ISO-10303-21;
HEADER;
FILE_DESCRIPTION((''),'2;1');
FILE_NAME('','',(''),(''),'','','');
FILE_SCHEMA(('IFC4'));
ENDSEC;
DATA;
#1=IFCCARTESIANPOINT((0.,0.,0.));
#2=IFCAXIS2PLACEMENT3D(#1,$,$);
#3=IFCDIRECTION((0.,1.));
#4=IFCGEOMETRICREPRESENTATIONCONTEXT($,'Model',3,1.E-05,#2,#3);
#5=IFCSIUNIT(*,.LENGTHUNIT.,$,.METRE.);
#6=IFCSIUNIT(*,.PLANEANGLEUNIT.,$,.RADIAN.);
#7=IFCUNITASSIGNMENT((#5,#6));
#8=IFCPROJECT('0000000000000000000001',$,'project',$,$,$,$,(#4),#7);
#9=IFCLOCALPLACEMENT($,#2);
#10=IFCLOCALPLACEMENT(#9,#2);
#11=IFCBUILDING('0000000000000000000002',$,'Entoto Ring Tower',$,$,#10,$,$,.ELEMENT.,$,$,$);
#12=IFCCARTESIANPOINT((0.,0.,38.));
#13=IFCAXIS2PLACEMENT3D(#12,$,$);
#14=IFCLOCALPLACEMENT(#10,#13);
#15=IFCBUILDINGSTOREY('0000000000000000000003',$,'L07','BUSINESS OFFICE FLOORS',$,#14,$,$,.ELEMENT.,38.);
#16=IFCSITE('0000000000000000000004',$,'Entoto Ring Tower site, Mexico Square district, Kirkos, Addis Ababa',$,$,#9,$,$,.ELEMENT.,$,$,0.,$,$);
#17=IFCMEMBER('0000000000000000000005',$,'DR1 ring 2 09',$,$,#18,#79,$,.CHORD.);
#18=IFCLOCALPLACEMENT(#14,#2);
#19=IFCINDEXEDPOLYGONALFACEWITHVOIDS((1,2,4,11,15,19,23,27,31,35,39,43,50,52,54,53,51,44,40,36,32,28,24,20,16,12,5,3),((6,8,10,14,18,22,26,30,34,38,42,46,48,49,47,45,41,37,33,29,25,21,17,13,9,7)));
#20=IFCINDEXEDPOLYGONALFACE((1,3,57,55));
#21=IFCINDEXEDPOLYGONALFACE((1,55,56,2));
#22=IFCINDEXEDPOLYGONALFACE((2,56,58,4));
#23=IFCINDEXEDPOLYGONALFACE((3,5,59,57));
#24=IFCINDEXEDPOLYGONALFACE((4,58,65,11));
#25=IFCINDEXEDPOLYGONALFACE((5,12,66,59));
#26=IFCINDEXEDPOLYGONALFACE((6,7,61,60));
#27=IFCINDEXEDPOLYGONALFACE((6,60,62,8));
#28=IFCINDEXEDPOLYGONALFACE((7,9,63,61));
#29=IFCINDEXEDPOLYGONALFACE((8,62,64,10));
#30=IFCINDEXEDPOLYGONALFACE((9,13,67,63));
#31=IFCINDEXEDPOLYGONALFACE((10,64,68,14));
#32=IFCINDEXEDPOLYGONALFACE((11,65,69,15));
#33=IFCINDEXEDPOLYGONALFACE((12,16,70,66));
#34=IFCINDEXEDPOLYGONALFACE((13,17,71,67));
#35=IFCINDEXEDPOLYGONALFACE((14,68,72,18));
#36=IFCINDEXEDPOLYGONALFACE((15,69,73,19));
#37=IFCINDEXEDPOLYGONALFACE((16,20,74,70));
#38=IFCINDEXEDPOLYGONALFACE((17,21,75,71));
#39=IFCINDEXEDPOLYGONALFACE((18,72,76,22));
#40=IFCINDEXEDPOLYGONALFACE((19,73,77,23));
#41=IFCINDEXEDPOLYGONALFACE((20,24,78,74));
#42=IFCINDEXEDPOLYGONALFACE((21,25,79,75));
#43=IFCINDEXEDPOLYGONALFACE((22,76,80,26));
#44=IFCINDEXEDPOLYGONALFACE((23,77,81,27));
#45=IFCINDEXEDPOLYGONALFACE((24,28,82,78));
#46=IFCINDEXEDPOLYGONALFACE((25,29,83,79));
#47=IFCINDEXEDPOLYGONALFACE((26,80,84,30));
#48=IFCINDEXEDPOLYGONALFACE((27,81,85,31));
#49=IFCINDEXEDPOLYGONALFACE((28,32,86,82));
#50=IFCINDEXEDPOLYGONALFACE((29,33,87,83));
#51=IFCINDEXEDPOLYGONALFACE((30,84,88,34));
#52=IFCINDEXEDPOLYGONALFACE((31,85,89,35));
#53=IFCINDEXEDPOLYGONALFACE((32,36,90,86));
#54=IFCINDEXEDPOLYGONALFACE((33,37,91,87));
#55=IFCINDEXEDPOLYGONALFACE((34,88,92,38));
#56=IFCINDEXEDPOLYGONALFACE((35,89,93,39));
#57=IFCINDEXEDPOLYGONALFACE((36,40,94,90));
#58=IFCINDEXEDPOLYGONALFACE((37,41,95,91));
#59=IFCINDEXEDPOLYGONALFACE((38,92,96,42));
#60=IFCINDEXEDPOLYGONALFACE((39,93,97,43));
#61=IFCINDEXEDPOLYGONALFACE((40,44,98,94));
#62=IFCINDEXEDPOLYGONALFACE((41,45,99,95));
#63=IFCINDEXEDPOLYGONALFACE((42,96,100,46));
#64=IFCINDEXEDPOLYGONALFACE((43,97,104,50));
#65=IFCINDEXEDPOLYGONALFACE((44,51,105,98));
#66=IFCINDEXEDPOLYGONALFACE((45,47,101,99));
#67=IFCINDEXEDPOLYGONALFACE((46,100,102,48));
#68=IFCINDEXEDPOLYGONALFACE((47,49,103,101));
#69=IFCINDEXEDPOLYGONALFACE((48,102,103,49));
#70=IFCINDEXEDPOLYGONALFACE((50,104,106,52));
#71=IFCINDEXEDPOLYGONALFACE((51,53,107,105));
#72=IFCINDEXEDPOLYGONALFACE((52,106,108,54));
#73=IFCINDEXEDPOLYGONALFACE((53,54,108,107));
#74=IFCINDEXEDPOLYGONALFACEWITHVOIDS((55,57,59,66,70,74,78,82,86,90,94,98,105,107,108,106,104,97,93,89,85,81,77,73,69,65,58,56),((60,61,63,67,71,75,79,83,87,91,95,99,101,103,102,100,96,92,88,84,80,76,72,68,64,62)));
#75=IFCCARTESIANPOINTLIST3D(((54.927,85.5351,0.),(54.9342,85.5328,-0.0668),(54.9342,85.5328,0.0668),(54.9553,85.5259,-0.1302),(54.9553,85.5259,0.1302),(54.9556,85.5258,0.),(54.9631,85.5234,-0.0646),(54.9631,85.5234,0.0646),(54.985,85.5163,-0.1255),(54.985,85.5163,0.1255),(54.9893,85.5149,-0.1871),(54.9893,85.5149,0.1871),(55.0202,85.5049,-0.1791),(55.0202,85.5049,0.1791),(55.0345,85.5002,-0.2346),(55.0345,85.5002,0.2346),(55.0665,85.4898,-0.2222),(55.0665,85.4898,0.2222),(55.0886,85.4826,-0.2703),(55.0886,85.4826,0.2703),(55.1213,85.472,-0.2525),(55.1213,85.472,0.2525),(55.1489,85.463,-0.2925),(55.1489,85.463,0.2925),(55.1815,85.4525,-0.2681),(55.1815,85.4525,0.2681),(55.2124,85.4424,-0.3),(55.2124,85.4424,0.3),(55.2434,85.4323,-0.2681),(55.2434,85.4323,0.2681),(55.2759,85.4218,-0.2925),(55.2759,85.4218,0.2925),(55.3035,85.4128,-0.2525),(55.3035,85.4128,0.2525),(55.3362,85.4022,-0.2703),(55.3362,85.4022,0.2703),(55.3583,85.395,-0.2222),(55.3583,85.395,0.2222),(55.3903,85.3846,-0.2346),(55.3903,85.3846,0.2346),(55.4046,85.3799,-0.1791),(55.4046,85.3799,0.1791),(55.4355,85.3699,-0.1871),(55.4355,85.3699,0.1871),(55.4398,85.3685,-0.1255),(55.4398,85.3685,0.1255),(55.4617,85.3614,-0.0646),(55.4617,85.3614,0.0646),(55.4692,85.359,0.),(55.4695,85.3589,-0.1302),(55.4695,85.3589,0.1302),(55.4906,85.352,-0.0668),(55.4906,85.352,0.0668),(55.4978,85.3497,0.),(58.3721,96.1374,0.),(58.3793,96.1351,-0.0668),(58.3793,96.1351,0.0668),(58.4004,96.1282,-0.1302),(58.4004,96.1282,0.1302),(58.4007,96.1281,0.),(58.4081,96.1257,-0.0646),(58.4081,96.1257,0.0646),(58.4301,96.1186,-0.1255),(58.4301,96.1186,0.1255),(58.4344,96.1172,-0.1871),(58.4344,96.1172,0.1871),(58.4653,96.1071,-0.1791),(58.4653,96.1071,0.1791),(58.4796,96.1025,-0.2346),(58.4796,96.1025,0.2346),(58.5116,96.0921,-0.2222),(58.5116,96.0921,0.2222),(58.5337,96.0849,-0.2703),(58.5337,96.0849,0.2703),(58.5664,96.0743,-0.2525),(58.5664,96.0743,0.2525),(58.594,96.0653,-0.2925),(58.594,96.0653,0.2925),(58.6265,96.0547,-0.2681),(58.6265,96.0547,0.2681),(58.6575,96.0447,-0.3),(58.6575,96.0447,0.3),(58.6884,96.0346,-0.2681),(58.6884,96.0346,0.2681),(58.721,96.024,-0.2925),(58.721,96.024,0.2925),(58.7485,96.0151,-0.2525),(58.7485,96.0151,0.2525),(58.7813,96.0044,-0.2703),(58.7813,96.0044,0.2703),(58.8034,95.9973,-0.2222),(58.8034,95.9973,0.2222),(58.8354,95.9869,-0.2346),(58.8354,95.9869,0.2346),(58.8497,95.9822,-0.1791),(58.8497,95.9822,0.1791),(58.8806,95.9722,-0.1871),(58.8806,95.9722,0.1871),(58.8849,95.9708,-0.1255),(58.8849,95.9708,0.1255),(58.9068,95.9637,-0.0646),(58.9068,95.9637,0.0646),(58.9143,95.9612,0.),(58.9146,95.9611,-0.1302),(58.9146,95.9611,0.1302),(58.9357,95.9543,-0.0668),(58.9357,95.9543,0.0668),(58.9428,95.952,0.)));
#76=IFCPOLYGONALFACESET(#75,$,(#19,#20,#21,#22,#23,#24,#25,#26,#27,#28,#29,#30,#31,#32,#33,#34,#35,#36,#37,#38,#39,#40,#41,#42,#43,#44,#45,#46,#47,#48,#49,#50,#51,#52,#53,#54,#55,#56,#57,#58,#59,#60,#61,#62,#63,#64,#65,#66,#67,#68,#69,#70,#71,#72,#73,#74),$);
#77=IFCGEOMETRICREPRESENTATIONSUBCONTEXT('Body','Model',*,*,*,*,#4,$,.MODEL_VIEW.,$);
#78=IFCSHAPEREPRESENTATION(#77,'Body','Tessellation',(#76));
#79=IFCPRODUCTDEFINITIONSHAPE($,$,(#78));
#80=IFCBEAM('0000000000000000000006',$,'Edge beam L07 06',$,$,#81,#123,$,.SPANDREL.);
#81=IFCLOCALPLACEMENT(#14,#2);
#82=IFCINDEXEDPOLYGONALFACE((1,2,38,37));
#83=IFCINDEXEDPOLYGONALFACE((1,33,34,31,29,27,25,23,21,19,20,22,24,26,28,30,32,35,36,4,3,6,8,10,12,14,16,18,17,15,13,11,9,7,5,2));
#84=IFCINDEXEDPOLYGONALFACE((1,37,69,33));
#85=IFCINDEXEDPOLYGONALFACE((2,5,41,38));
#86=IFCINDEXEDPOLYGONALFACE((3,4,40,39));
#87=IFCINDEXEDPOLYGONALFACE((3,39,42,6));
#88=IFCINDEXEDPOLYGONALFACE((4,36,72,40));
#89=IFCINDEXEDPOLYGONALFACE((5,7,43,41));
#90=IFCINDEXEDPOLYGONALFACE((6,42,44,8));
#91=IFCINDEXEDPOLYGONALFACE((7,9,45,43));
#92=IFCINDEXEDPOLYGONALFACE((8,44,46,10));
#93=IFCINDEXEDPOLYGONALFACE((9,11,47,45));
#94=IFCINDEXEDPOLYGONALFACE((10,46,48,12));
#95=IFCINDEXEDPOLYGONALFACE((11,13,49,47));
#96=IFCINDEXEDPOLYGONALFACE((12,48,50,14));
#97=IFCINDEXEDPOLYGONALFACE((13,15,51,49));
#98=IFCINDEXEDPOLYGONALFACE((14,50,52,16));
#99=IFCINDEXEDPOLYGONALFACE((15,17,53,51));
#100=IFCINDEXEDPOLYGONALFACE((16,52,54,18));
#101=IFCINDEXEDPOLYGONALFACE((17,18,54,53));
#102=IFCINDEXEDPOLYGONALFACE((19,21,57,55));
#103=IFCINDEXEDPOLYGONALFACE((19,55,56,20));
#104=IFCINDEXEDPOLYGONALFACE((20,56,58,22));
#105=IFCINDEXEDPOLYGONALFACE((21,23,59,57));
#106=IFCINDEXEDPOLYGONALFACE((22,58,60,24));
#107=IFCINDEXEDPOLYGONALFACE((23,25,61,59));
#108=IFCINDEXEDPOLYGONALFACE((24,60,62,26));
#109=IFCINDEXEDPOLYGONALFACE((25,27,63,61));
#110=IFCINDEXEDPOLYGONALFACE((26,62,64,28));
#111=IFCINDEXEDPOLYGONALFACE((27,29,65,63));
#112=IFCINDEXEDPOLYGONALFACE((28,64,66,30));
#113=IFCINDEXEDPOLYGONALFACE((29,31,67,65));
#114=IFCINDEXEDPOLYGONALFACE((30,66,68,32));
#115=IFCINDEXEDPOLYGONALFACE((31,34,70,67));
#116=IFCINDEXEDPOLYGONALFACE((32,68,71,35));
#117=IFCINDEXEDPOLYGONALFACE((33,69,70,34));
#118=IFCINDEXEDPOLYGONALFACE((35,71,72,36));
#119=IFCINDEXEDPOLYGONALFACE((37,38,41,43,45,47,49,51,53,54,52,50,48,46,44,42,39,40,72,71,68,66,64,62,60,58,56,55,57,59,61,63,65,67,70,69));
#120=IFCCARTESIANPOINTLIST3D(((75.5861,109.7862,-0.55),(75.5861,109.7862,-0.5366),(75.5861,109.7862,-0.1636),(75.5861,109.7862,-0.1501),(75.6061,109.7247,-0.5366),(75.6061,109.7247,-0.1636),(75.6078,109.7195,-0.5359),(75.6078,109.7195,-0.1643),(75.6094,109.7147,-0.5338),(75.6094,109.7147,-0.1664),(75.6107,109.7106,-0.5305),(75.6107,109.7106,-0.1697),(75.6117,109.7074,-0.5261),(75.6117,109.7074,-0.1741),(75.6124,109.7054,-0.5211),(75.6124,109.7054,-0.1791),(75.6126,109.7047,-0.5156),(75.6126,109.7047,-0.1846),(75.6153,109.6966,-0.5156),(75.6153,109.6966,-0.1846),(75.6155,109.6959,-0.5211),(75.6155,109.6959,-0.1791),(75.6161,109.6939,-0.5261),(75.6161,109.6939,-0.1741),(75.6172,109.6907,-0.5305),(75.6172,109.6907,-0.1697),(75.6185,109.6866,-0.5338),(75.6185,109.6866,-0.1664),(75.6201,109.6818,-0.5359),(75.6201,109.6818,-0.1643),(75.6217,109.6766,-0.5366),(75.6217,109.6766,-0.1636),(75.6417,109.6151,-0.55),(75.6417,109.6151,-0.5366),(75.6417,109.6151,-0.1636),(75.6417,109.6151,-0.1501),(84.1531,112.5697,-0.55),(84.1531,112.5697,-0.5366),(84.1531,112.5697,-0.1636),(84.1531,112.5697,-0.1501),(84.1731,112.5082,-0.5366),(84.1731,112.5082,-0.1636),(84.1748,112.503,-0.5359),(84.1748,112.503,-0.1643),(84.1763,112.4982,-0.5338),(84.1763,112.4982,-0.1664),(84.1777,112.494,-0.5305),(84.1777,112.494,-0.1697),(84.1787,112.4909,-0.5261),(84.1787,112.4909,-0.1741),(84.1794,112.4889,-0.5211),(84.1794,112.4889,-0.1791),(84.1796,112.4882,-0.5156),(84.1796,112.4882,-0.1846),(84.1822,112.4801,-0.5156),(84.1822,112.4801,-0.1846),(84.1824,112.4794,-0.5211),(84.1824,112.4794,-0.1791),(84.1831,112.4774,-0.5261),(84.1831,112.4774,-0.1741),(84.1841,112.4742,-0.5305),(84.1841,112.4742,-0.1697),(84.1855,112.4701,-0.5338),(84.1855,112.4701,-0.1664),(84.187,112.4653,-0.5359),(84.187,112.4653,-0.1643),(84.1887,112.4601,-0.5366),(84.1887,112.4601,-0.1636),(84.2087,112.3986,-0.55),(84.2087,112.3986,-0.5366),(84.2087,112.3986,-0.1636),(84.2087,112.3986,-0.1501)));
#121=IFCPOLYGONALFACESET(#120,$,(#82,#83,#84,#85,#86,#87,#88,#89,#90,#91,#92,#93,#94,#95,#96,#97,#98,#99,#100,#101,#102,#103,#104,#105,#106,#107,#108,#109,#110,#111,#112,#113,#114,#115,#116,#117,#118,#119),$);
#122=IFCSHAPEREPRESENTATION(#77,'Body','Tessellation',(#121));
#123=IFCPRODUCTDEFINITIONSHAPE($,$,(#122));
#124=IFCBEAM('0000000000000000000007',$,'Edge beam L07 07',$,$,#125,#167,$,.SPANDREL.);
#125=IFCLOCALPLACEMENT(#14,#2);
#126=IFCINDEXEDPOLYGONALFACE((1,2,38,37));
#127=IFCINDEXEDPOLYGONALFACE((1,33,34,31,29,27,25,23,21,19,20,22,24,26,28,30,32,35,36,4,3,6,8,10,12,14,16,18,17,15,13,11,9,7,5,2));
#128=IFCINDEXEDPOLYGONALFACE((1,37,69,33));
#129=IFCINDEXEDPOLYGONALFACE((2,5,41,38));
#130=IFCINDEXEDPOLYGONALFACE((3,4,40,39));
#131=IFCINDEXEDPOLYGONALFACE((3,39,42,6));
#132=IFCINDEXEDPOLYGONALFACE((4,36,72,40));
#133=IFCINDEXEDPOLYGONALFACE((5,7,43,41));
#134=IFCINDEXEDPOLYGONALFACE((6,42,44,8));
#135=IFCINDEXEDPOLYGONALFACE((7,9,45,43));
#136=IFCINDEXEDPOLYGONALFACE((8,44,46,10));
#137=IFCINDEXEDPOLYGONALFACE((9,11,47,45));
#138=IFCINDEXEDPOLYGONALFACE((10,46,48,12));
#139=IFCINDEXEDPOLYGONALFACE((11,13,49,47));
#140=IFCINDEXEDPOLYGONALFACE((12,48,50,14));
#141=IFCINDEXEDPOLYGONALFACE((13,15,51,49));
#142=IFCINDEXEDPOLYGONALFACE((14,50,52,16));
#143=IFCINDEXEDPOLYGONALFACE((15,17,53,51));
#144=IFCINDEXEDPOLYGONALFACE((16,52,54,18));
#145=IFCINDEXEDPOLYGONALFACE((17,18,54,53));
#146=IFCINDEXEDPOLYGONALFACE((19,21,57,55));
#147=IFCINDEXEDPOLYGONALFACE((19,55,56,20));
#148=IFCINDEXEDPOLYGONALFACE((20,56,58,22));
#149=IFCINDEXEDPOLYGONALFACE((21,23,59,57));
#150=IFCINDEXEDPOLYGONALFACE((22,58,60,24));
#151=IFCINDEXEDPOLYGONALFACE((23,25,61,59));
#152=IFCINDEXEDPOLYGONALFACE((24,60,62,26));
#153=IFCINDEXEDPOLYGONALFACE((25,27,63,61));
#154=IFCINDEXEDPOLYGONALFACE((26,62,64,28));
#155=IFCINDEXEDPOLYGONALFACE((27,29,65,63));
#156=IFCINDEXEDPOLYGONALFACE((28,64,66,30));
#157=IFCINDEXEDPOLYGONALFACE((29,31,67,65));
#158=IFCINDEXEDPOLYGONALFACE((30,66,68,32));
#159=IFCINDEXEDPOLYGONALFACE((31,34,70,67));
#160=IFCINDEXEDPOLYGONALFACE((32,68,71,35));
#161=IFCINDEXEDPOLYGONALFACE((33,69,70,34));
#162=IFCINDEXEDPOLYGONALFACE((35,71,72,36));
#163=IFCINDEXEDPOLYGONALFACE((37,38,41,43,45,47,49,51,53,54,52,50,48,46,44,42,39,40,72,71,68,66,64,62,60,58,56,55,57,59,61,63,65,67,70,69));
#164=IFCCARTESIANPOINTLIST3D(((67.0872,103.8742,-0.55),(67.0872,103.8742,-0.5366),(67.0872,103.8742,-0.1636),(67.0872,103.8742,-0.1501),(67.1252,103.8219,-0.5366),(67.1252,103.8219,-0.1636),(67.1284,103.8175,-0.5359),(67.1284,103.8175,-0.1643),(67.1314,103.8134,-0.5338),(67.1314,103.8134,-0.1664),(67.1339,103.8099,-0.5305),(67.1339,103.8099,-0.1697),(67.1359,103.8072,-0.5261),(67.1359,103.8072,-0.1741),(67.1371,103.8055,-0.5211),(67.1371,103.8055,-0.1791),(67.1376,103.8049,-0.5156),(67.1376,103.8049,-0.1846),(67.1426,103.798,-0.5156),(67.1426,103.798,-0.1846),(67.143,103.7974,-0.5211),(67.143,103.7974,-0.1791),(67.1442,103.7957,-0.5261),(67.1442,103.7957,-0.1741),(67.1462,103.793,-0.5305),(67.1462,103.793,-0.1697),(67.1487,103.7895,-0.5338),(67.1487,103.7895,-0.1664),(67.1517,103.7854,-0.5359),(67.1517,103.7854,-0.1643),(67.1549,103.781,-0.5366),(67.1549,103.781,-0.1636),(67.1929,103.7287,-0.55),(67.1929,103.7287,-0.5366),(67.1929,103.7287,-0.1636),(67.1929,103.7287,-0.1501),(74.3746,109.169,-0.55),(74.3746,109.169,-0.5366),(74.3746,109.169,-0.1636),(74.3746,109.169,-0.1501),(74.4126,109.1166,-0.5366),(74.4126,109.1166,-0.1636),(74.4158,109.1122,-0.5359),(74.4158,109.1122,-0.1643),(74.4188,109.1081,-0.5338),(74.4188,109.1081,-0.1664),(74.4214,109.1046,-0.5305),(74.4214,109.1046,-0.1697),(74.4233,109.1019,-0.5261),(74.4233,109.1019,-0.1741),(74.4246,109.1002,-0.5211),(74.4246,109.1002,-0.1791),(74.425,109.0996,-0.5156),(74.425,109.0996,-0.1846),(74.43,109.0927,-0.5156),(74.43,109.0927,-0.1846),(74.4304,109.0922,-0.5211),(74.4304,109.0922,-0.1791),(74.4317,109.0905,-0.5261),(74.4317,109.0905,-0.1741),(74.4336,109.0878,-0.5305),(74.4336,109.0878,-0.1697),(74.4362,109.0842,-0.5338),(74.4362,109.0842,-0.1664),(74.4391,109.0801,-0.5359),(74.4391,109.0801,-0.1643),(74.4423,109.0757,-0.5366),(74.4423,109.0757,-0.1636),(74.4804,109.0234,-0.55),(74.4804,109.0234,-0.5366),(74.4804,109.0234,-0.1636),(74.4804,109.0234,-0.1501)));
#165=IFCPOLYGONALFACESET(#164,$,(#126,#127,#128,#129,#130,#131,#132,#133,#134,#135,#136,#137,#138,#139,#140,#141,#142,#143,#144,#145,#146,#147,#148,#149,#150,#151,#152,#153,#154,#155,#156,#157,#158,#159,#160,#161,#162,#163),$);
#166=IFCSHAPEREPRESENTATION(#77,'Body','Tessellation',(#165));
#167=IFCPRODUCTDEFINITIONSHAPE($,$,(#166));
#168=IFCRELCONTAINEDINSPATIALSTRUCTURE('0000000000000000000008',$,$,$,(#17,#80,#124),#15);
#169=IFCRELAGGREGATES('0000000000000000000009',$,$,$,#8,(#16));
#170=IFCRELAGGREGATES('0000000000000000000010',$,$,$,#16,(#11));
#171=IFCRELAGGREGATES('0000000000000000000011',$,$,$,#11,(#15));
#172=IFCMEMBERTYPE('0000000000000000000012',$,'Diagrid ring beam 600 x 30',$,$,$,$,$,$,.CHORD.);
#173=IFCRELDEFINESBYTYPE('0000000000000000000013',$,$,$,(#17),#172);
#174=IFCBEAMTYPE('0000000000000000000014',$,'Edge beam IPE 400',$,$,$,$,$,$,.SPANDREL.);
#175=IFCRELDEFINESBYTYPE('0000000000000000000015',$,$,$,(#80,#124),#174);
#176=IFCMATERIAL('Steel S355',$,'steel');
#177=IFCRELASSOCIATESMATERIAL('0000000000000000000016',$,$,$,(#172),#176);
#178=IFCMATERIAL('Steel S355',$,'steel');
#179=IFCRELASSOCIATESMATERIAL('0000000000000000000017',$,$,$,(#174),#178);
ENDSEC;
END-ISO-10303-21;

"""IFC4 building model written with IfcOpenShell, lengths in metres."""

from ifc_helpers import new_model, si_unit, direction, frame, origin, origin_2d, place, context, subcontext, project, spatial, circle, hollow_circle, i_section, extrude, material, material_profile, profile_set, type_object, element, save


model = new_model("IFC4")

# Units and contexts
model_context = context("Model", 3, precision=1e-05, world=origin(), true_north=direction((0.0, 1.0)))
body_context = subcontext(model_context, "Body", "Model", "MODEL_VIEW")
ifc_project = project(units=[si_unit("LENGTHUNIT", "METRE"), si_unit("PLANEANGLEUNIT", "RADIAN")], contexts=[model_context])

# Site, building, storey
site_placement = place(None, origin())
site = spatial("IfcSite", under=ifc_project, at=site_placement, Name="Entoto Ring Tower site, Mexico Square district, Kirkos, Addis Ababa", CompositionType="ELEMENT", RefElevation=0.0)
building_placement = place(site_placement, origin())
building = spatial("IfcBuilding", under=site, at=building_placement, Name="Entoto Ring Tower", CompositionType="ELEMENT")
storey_placement = place(building_placement, frame((0.0, 0.0, 38.0)))
storey = spatial("IfcBuildingStorey", under=building, at=storey_placement, Name="L07", Description="BUSINESS OFFICE FLOORS", CompositionType="ELEMENT", Elevation=38.0)

# Member
ifc_material_1 = material(Name="Steel S355", Category="steel")
ifc_material_profile_1 = material_profile(ifc_material_1, hollow_circle(Radius=0.3, WallThickness=0.03, at=origin_2d()), Name="CHS 600 x 30")
ifc_material_2 = material(Name="Concrete C60/75", Category="concrete")
ifc_material_profile_2 = material_profile(ifc_material_2, circle(Radius=0.27, at=origin_2d()), Name="Concrete C60/75 infill")
ifc_profile_set_1 = profile_set([ifc_material_profile_1, ifc_material_profile_2], Name="Steel S355")
member_type_1 = type_object("IfcMemberType", Name="Diagrid ring beam 600 x 30", PredefinedType="CHORD", material=ifc_profile_set_1)
for number, where, z_axis, x_axis, name in (
    (1, (58.6575, 96.0447, 0.0), (-0.309031, -0.951052, 0.0), (0.951052, -0.309031, 0.0), "DR1 ring 2 09"),
):
    element("IfcMember", number, at=place(storey_placement, frame(where, z_axis=z_axis, x_axis=x_axis)), inside=storey, type_object=member_type_1, Name=name, PredefinedType="CHORD", context=body_context, shape_type="SweptSolid", body=[
        extrude(hollow_circle(Radius=0.3, WallThickness=0.03, at=origin_2d()), origin(), (0.0, 0.0, 1.0), 11.1479),
    ])

# Beams
ifc_material_3 = material(Name="Steel S355", Category="steel")
ifc_material_profile_3 = material_profile(ifc_material_3, i_section(OverallWidth=0.1799, OverallDepth=0.3999, WebThickness=0.0085, FlangeThickness=0.0134, FilletRadius=0.021, at=origin_2d()), Name="IPE 400")
ifc_profile_set_2 = profile_set([ifc_material_profile_3], Name="Steel S355")
beam_type_1 = type_object("IfcBeamType", Name="Edge beam IPE 400", PredefinedType="SPANDREL", material=ifc_profile_set_2)
for number, where, z_axis, x_axis, name in (
    (2, (84.1809, 112.4841, -0.3501), (-0.95106, -0.309006, 0.0), (0.309006, -0.95106, 0.0), "Edge beam L07 06"),
    (3, (74.4275, 109.0962, -0.3501), (-0.809011, -0.587793, 0.0), (0.587793, -0.809011, 0.0), "Edge beam L07 07"),
):
    element("IfcBeam", number, at=place(storey_placement, frame(where, z_axis=z_axis, x_axis=x_axis)), inside=storey, type_object=beam_type_1, Name=name, PredefinedType="SPANDREL", context=body_context, shape_type="SweptSolid", body=[
        extrude(i_section(OverallWidth=0.1799, OverallDepth=0.3999, WebThickness=0.0085, FlangeThickness=0.0134, FilletRadius=0.021, at=origin_2d()), origin(), (0.0, 0.0, 1.0), 9.0078),
    ])

save(model, "model.ifc")
